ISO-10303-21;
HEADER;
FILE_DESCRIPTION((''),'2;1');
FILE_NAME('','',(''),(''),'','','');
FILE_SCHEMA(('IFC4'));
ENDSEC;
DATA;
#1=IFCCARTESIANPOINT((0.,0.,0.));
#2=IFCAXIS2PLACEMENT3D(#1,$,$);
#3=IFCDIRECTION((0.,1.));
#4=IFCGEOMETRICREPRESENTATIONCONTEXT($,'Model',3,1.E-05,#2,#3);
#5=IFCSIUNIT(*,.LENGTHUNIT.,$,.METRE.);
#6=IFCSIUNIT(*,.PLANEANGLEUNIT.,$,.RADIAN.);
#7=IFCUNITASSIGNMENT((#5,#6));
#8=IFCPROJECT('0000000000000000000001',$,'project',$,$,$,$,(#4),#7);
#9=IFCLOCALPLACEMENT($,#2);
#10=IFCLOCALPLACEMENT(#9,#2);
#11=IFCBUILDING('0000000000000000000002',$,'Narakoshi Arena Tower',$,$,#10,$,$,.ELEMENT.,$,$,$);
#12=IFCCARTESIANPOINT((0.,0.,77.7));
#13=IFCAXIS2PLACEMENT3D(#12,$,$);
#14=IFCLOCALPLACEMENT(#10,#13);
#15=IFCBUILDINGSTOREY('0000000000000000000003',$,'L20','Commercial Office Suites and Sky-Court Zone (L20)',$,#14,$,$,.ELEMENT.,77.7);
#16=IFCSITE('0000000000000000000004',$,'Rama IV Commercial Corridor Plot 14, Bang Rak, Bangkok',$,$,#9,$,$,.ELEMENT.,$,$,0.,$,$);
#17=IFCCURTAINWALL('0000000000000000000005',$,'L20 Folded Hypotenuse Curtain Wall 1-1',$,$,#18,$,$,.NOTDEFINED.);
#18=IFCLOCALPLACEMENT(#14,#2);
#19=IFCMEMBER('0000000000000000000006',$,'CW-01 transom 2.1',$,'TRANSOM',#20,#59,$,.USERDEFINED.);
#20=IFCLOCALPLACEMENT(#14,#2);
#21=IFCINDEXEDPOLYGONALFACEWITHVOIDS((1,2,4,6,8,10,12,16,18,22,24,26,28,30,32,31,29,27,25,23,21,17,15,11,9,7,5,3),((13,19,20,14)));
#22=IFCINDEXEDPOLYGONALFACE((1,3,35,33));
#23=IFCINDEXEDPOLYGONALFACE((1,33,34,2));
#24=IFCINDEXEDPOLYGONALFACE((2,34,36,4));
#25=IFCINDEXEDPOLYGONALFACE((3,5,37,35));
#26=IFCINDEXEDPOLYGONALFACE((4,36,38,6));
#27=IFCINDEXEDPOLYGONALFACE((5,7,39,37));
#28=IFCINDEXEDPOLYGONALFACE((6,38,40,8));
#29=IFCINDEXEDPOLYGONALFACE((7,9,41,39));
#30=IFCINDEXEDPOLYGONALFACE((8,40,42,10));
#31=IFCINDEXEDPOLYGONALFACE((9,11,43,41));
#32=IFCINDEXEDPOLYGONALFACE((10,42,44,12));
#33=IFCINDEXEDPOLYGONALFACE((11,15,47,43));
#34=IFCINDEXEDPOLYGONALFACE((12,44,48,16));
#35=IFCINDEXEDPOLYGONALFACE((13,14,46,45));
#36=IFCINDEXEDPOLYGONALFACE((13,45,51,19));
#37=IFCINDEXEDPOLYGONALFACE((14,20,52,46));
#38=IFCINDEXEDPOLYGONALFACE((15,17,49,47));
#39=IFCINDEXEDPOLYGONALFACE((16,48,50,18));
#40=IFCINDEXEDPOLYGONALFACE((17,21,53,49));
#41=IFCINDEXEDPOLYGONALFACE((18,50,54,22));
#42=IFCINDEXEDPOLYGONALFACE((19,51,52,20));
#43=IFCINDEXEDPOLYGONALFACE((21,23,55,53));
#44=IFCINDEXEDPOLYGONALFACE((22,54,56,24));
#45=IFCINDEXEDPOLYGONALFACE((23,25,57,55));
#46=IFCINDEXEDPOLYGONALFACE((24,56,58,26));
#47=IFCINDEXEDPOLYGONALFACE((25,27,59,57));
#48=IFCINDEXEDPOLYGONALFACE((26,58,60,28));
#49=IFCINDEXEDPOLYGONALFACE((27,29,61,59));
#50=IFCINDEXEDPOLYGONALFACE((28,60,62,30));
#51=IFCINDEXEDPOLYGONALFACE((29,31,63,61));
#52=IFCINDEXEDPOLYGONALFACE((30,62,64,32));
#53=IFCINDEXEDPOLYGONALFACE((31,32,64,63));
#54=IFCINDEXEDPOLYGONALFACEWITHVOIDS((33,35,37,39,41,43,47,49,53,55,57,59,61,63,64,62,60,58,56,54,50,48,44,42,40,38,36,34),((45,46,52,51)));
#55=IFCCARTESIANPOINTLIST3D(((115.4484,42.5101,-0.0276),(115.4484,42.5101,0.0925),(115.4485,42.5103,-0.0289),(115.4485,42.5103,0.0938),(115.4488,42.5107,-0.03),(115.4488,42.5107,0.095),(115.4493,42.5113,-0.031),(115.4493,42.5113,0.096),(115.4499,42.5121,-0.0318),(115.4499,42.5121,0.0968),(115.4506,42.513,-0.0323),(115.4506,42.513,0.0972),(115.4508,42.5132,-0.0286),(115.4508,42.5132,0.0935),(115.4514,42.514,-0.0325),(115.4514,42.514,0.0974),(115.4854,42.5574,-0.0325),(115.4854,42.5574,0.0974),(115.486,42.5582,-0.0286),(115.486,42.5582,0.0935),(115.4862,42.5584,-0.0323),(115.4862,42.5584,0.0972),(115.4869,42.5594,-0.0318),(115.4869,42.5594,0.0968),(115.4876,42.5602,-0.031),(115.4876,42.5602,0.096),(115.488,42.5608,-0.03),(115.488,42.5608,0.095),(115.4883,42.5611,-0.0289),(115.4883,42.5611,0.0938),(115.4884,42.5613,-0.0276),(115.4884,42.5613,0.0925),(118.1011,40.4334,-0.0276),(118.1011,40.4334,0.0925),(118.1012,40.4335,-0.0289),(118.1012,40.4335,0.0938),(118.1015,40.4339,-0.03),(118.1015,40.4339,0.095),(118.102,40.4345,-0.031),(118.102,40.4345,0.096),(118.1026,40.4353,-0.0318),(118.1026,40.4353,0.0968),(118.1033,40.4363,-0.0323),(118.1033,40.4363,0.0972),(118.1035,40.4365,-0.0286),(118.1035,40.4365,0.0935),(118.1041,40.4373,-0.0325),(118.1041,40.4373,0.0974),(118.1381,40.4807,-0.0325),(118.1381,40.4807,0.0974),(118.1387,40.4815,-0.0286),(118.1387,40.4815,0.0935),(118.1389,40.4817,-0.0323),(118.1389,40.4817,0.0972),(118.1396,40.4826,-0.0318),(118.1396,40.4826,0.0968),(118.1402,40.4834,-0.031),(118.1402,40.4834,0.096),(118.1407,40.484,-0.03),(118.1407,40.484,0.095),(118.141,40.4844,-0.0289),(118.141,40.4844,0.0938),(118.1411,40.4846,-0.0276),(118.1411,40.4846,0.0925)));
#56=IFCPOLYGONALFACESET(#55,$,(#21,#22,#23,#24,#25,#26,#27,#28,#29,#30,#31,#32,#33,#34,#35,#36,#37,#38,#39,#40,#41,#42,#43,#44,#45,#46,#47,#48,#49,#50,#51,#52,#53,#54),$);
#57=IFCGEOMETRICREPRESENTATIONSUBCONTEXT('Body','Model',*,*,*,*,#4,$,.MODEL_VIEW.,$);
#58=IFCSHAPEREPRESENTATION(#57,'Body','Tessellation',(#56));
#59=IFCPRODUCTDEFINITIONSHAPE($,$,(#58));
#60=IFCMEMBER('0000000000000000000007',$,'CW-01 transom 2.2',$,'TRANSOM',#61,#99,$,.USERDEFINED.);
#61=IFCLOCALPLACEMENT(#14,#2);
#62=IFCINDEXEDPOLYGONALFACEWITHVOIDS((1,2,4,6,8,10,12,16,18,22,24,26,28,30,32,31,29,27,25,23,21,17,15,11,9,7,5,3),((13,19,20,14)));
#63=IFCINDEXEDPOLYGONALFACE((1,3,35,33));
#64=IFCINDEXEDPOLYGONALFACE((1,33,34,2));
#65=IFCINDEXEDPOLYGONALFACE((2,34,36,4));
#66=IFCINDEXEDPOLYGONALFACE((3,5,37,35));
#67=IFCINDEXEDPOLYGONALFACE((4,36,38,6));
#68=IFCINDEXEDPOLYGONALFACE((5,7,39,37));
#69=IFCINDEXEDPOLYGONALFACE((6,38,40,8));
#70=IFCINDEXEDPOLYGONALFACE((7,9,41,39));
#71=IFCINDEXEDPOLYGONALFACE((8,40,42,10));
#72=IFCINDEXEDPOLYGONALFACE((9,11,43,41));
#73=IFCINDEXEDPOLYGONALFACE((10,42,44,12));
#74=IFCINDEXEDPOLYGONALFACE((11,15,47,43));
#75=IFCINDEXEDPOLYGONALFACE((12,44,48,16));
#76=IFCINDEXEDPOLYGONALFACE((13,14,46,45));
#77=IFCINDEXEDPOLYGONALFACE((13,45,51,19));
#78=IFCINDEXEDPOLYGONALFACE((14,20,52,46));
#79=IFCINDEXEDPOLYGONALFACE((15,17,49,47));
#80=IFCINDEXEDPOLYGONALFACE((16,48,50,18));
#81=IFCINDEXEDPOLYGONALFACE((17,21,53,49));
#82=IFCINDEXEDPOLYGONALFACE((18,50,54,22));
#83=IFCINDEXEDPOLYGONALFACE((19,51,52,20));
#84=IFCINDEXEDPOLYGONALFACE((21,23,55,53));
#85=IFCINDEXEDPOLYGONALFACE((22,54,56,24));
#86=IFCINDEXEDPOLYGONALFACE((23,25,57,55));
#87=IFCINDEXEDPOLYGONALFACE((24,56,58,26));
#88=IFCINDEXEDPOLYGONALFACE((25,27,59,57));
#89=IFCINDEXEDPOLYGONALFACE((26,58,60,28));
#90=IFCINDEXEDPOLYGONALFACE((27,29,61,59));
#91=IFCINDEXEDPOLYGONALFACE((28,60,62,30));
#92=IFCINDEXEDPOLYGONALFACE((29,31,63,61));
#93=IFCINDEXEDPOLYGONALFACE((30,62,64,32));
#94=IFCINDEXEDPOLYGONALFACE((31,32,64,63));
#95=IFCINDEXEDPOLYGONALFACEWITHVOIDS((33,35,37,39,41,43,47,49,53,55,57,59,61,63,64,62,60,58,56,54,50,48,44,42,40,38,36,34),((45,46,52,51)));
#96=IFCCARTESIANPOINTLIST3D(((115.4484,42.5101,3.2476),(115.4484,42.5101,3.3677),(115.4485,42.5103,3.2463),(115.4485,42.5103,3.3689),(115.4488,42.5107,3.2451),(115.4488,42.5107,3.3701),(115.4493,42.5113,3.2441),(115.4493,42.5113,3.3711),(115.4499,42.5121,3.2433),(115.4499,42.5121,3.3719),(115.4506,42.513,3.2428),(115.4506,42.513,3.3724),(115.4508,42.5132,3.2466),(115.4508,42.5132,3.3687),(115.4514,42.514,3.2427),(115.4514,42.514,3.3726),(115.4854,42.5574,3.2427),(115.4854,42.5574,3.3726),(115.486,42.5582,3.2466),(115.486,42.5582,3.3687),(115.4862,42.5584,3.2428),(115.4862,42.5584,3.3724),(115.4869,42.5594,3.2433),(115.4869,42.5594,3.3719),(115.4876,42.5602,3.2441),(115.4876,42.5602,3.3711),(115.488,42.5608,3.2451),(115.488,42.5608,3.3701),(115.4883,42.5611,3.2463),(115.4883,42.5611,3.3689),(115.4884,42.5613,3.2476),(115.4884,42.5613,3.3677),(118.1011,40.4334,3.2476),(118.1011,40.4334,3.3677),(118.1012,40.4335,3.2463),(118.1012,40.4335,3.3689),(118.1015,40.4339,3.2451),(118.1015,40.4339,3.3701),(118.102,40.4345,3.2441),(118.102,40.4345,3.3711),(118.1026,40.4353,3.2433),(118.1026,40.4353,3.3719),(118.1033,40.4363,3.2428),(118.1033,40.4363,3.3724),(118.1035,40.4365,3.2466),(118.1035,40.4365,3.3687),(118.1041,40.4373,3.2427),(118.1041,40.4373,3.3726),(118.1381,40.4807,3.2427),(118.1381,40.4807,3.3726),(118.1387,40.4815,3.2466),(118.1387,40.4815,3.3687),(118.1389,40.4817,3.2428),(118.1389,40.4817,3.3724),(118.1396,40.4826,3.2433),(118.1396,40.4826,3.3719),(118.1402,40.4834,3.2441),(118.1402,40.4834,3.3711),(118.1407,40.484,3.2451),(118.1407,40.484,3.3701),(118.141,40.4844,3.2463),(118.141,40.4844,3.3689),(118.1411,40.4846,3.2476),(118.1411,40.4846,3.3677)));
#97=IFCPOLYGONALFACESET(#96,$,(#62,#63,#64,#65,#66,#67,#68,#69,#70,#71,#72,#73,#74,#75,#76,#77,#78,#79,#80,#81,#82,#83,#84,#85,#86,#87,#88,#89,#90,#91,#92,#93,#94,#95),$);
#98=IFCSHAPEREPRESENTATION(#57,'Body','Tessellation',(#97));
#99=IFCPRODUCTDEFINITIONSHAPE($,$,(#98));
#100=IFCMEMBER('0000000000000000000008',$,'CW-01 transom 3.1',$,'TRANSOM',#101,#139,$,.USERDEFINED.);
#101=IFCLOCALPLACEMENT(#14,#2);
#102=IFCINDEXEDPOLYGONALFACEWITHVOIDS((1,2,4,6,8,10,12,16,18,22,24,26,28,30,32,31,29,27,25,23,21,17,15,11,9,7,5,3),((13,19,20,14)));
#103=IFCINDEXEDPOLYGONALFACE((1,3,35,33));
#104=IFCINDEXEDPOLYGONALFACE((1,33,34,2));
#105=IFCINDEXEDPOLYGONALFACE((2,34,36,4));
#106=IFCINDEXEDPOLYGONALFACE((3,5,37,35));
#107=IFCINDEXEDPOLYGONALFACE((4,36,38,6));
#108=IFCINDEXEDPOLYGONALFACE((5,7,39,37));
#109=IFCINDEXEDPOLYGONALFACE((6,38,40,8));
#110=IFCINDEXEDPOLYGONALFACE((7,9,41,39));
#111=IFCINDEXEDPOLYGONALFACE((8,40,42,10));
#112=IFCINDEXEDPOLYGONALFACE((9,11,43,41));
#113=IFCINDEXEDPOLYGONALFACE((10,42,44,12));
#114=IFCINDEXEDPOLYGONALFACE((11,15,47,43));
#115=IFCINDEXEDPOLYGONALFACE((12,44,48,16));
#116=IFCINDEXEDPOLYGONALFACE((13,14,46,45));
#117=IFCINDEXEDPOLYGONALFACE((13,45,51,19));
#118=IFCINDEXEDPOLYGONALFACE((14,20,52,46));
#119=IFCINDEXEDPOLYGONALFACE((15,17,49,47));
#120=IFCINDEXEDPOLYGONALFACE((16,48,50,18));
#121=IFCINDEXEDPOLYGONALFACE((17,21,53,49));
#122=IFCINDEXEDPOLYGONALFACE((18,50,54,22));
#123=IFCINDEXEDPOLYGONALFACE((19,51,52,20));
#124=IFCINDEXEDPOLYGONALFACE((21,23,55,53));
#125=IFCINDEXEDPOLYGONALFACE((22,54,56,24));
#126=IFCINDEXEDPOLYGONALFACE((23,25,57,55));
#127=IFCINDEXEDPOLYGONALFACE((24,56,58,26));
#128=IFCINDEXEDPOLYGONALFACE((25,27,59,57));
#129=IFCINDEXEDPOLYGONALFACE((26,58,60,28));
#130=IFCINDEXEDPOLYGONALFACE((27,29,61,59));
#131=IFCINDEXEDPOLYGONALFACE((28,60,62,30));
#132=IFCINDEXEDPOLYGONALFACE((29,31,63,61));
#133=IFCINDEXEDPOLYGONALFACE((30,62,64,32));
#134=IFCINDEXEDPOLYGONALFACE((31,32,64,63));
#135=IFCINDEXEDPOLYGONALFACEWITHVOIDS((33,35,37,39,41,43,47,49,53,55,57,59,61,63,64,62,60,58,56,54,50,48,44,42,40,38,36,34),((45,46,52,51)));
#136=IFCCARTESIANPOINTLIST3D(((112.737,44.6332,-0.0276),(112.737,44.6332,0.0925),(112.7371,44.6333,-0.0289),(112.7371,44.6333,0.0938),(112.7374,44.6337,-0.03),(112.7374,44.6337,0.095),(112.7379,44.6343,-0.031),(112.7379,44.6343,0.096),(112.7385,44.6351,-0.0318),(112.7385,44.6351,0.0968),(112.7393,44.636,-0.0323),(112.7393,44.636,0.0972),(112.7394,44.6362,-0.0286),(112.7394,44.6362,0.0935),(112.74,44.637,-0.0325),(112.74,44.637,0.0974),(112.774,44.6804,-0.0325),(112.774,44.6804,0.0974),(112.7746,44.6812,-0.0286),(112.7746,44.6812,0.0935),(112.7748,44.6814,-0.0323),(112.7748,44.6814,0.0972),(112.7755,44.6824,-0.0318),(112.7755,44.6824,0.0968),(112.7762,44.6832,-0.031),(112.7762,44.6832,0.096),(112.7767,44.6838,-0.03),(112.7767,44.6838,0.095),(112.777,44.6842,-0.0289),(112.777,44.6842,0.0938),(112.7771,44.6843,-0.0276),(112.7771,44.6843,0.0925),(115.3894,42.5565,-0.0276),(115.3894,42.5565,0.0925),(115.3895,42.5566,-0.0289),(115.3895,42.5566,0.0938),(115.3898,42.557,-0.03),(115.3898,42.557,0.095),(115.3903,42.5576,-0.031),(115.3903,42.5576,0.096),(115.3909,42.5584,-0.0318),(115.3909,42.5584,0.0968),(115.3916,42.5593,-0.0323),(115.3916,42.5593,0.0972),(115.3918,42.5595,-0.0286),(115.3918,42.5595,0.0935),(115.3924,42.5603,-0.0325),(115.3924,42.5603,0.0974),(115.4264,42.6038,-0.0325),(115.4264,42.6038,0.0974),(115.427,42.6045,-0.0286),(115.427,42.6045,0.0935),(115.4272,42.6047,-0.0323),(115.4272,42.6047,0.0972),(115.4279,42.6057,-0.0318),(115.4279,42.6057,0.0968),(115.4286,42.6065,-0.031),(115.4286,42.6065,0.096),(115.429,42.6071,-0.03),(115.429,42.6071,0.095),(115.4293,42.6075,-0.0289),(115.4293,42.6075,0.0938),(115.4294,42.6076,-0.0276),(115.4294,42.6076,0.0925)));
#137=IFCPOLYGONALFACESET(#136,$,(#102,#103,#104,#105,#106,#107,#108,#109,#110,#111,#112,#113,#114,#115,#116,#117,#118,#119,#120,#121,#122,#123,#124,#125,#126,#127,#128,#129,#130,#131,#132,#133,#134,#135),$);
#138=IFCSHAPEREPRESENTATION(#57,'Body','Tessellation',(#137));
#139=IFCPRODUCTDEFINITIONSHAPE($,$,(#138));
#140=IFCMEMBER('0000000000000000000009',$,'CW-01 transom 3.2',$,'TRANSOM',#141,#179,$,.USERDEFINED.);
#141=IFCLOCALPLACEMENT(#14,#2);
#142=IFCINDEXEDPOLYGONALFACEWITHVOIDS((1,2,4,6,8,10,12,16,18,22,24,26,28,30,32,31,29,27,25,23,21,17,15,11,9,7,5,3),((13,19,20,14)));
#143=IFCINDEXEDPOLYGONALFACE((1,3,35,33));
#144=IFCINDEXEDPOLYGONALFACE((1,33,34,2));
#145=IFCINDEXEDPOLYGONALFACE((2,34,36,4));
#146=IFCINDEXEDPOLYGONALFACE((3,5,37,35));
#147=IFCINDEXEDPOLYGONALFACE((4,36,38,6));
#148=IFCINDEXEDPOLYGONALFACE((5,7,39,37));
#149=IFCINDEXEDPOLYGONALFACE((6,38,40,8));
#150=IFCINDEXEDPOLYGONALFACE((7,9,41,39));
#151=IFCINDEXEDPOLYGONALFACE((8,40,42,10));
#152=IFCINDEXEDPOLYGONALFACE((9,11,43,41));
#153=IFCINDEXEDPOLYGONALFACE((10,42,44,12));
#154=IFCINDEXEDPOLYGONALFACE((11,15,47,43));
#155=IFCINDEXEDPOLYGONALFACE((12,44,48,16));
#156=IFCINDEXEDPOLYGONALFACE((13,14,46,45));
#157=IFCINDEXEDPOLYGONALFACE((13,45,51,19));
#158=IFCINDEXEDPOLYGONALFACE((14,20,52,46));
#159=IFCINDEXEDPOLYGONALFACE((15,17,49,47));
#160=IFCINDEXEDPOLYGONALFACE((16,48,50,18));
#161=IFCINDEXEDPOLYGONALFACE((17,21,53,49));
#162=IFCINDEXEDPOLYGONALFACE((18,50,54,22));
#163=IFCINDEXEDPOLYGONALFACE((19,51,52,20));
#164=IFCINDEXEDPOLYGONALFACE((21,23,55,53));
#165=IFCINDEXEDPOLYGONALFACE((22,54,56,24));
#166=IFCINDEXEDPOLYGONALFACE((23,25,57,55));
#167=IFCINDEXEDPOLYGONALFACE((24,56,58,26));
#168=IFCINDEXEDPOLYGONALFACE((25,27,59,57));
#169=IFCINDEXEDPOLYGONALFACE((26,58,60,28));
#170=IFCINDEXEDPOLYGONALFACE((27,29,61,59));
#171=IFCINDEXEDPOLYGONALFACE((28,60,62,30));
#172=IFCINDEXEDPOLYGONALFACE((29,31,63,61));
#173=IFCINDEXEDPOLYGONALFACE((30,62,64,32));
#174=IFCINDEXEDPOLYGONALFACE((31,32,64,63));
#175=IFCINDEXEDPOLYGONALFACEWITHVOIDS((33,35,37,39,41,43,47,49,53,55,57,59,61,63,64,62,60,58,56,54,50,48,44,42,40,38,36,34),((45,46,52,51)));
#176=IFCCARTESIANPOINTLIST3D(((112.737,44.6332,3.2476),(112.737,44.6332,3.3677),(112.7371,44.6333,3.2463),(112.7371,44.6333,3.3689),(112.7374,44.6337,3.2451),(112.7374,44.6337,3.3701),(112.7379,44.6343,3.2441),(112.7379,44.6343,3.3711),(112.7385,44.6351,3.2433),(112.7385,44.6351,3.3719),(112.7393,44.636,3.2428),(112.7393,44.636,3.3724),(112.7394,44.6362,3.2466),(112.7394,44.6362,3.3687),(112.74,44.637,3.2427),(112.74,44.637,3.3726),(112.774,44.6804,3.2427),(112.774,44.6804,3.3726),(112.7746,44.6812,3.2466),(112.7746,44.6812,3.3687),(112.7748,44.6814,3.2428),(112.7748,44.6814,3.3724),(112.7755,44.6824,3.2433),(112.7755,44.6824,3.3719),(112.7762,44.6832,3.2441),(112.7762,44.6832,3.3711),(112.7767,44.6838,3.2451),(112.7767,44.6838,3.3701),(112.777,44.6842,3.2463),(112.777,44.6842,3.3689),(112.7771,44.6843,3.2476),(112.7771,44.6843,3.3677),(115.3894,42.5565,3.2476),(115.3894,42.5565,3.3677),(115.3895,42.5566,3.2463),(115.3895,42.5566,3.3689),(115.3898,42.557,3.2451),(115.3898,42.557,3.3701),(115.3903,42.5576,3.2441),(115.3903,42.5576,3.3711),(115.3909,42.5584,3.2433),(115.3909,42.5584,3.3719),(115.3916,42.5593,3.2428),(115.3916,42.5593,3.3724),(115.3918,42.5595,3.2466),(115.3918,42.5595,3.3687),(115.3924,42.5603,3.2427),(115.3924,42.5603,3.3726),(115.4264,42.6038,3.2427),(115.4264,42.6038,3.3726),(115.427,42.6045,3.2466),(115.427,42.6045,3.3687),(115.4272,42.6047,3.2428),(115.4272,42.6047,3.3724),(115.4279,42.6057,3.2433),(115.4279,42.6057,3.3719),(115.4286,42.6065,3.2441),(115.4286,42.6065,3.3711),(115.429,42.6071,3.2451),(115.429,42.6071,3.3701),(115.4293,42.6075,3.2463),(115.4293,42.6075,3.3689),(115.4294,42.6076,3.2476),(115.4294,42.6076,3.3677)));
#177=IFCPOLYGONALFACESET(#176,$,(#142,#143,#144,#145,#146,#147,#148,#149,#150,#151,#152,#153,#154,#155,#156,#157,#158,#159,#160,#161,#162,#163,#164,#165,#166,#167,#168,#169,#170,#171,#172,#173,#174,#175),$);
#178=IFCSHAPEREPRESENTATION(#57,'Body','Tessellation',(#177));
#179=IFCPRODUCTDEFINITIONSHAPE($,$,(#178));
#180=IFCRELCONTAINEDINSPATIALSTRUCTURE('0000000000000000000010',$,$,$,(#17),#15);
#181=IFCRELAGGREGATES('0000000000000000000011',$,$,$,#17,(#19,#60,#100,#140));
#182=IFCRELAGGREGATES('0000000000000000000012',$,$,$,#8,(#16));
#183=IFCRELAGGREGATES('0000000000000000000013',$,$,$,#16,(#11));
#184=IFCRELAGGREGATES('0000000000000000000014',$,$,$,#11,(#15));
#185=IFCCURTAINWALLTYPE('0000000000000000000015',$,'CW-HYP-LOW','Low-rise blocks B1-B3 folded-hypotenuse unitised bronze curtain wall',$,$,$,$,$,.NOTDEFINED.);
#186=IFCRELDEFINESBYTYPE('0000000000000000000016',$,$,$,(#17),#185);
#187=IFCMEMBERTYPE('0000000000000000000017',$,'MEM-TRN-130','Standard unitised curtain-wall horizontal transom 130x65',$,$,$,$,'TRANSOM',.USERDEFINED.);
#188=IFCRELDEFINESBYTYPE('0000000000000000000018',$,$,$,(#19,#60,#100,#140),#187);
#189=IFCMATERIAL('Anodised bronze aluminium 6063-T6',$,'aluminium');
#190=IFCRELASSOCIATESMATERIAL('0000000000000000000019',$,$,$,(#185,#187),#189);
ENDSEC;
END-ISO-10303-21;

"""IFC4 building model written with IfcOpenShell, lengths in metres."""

from ifc_helpers import new_model, si_unit, direction, frame, origin, origin_2d, place, context, subcontext, project, spatial, hollow_rectangle, extrude, material, material_profile, profile_set, type_object, element, aggregate, save


model = new_model("IFC4")

# Units and contexts
model_context = context("Model", 3, precision=1e-05, world=origin(), true_north=direction((0.0, 1.0)))
body_context = subcontext(model_context, "Body", "Model", "MODEL_VIEW")
ifc_project = project(units=[si_unit("LENGTHUNIT", "METRE"), si_unit("PLANEANGLEUNIT", "RADIAN")], contexts=[model_context])

# Site, building, storey
site_placement = place(None, origin())
site = spatial("IfcSite", under=ifc_project, at=site_placement, Name="Rama IV Commercial Corridor Plot 14, Bang Rak, Bangkok", CompositionType="ELEMENT", RefElevation=0.0)
building_placement = place(site_placement, origin())
building = spatial("IfcBuilding", under=site, at=building_placement, Name="Narakoshi Arena Tower", CompositionType="ELEMENT")
storey_placement = place(building_placement, frame((0.0, 0.0, 77.7)))
storey = spatial("IfcBuildingStorey", under=building, at=storey_placement, Name="L20", Description="Commercial Office Suites and Sky-Court Zone (L20)", CompositionType="ELEMENT", Elevation=77.7)

# Curtain wall, members
ifc_material_1 = material(Name="Anodised bronze aluminium 6063-T6", Category="aluminium")
curtain_wall_type = type_object("IfcCurtainWallType", Name="CW-HYP-LOW", Description="Low-rise blocks B1-B3 folded-hypotenuse unitised bronze curtain wall", PredefinedType="NOTDEFINED", material=ifc_material_1)
curtain_wall_placement = place(storey_placement, origin())
curtain_wall = element("IfcCurtainWall", 1, at=curtain_wall_placement, inside=storey, type_object=curtain_wall_type, Name="L20 Folded Hypotenuse Curtain Wall 1-1", PredefinedType="NOTDEFINED")
ifc_material_profile_1 = material_profile(ifc_material_1, hollow_rectangle(XDim=0.0649, YDim=0.1299, WallThickness=0.0039, OuterFilletRadius=0.0049, at=origin_2d()), Name="TRN130x65x4")
ifc_profile_set_1 = profile_set([ifc_material_profile_1], Name="Anodised bronze aluminium 6063-T6")
member_type_1 = type_object("IfcMemberType", Name="MEM-TRN-130", Description="Standard unitised curtain-wall horizontal transom 130x65", ElementType="TRANSOM", PredefinedType="USERDEFINED", material=ifc_profile_set_1)
member_1_placement = place(storey_placement, frame((118.1211, 40.459, 0.0325), z_axis=(-0.787401, 0.616441, 0.0), x_axis=(-0.616441, -0.787401, 0.0)))
member_1 = element("IfcMember", 2, at=member_1_placement, type_object=member_type_1, Name="CW-01 transom 2.1", ObjectType="TRANSOM", PredefinedType="USERDEFINED", context=body_context, shape_type="SweptSolid", body=[
    extrude(hollow_rectangle(XDim=0.0649, YDim=0.1299, WallThickness=0.0039, OuterFilletRadius=0.0049, at=origin_2d()), origin(), (0.0, 0.0, 1.0), 3.3689),
])
member_2_placement = place(storey_placement, frame((118.1211, 40.459, 3.3076), z_axis=(-0.787401, 0.616441, 0.0), x_axis=(-0.616441, -0.787401, 0.0)))
member_2 = element("IfcMember", 3, at=member_2_placement, type_object=member_type_1, Name="CW-01 transom 2.2", ObjectType="TRANSOM", PredefinedType="USERDEFINED", context=body_context, shape_type="SweptSolid", body=[
    extrude(hollow_rectangle(XDim=0.0649, YDim=0.1299, WallThickness=0.0039, OuterFilletRadius=0.0049, at=origin_2d()), origin(), (0.0, 0.0, 1.0), 3.3689),
])
member_3_placement = place(storey_placement, frame((115.4094, 42.582, 0.0325), z_axis=(-0.787373, 0.616476, 0.0), x_axis=(-0.616476, -0.787373, 0.0)))
member_3 = element("IfcMember", 4, at=member_3_placement, type_object=member_type_1, Name="CW-01 transom 3.1", ObjectType="TRANSOM", PredefinedType="USERDEFINED", context=body_context, shape_type="SweptSolid", body=[
    extrude(hollow_rectangle(XDim=0.0649, YDim=0.1299, WallThickness=0.0039, OuterFilletRadius=0.0049, at=origin_2d()), origin(), (0.0, 0.0, 1.0), 3.3687),
])
member_4_placement = place(storey_placement, frame((115.4094, 42.582, 3.3076), z_axis=(-0.787373, 0.616476, 0.0), x_axis=(-0.616476, -0.787373, 0.0)))
member_4 = element("IfcMember", 5, at=member_4_placement, type_object=member_type_1, Name="CW-01 transom 3.2", ObjectType="TRANSOM", PredefinedType="USERDEFINED", context=body_context, shape_type="SweptSolid", body=[
    extrude(hollow_rectangle(XDim=0.0649, YDim=0.1299, WallThickness=0.0039, OuterFilletRadius=0.0049, at=origin_2d()), origin(), (0.0, 0.0, 1.0), 3.3687),
])
aggregate(curtain_wall, [member_1, member_2, member_3, member_4])

save(model, "model.ifc")
